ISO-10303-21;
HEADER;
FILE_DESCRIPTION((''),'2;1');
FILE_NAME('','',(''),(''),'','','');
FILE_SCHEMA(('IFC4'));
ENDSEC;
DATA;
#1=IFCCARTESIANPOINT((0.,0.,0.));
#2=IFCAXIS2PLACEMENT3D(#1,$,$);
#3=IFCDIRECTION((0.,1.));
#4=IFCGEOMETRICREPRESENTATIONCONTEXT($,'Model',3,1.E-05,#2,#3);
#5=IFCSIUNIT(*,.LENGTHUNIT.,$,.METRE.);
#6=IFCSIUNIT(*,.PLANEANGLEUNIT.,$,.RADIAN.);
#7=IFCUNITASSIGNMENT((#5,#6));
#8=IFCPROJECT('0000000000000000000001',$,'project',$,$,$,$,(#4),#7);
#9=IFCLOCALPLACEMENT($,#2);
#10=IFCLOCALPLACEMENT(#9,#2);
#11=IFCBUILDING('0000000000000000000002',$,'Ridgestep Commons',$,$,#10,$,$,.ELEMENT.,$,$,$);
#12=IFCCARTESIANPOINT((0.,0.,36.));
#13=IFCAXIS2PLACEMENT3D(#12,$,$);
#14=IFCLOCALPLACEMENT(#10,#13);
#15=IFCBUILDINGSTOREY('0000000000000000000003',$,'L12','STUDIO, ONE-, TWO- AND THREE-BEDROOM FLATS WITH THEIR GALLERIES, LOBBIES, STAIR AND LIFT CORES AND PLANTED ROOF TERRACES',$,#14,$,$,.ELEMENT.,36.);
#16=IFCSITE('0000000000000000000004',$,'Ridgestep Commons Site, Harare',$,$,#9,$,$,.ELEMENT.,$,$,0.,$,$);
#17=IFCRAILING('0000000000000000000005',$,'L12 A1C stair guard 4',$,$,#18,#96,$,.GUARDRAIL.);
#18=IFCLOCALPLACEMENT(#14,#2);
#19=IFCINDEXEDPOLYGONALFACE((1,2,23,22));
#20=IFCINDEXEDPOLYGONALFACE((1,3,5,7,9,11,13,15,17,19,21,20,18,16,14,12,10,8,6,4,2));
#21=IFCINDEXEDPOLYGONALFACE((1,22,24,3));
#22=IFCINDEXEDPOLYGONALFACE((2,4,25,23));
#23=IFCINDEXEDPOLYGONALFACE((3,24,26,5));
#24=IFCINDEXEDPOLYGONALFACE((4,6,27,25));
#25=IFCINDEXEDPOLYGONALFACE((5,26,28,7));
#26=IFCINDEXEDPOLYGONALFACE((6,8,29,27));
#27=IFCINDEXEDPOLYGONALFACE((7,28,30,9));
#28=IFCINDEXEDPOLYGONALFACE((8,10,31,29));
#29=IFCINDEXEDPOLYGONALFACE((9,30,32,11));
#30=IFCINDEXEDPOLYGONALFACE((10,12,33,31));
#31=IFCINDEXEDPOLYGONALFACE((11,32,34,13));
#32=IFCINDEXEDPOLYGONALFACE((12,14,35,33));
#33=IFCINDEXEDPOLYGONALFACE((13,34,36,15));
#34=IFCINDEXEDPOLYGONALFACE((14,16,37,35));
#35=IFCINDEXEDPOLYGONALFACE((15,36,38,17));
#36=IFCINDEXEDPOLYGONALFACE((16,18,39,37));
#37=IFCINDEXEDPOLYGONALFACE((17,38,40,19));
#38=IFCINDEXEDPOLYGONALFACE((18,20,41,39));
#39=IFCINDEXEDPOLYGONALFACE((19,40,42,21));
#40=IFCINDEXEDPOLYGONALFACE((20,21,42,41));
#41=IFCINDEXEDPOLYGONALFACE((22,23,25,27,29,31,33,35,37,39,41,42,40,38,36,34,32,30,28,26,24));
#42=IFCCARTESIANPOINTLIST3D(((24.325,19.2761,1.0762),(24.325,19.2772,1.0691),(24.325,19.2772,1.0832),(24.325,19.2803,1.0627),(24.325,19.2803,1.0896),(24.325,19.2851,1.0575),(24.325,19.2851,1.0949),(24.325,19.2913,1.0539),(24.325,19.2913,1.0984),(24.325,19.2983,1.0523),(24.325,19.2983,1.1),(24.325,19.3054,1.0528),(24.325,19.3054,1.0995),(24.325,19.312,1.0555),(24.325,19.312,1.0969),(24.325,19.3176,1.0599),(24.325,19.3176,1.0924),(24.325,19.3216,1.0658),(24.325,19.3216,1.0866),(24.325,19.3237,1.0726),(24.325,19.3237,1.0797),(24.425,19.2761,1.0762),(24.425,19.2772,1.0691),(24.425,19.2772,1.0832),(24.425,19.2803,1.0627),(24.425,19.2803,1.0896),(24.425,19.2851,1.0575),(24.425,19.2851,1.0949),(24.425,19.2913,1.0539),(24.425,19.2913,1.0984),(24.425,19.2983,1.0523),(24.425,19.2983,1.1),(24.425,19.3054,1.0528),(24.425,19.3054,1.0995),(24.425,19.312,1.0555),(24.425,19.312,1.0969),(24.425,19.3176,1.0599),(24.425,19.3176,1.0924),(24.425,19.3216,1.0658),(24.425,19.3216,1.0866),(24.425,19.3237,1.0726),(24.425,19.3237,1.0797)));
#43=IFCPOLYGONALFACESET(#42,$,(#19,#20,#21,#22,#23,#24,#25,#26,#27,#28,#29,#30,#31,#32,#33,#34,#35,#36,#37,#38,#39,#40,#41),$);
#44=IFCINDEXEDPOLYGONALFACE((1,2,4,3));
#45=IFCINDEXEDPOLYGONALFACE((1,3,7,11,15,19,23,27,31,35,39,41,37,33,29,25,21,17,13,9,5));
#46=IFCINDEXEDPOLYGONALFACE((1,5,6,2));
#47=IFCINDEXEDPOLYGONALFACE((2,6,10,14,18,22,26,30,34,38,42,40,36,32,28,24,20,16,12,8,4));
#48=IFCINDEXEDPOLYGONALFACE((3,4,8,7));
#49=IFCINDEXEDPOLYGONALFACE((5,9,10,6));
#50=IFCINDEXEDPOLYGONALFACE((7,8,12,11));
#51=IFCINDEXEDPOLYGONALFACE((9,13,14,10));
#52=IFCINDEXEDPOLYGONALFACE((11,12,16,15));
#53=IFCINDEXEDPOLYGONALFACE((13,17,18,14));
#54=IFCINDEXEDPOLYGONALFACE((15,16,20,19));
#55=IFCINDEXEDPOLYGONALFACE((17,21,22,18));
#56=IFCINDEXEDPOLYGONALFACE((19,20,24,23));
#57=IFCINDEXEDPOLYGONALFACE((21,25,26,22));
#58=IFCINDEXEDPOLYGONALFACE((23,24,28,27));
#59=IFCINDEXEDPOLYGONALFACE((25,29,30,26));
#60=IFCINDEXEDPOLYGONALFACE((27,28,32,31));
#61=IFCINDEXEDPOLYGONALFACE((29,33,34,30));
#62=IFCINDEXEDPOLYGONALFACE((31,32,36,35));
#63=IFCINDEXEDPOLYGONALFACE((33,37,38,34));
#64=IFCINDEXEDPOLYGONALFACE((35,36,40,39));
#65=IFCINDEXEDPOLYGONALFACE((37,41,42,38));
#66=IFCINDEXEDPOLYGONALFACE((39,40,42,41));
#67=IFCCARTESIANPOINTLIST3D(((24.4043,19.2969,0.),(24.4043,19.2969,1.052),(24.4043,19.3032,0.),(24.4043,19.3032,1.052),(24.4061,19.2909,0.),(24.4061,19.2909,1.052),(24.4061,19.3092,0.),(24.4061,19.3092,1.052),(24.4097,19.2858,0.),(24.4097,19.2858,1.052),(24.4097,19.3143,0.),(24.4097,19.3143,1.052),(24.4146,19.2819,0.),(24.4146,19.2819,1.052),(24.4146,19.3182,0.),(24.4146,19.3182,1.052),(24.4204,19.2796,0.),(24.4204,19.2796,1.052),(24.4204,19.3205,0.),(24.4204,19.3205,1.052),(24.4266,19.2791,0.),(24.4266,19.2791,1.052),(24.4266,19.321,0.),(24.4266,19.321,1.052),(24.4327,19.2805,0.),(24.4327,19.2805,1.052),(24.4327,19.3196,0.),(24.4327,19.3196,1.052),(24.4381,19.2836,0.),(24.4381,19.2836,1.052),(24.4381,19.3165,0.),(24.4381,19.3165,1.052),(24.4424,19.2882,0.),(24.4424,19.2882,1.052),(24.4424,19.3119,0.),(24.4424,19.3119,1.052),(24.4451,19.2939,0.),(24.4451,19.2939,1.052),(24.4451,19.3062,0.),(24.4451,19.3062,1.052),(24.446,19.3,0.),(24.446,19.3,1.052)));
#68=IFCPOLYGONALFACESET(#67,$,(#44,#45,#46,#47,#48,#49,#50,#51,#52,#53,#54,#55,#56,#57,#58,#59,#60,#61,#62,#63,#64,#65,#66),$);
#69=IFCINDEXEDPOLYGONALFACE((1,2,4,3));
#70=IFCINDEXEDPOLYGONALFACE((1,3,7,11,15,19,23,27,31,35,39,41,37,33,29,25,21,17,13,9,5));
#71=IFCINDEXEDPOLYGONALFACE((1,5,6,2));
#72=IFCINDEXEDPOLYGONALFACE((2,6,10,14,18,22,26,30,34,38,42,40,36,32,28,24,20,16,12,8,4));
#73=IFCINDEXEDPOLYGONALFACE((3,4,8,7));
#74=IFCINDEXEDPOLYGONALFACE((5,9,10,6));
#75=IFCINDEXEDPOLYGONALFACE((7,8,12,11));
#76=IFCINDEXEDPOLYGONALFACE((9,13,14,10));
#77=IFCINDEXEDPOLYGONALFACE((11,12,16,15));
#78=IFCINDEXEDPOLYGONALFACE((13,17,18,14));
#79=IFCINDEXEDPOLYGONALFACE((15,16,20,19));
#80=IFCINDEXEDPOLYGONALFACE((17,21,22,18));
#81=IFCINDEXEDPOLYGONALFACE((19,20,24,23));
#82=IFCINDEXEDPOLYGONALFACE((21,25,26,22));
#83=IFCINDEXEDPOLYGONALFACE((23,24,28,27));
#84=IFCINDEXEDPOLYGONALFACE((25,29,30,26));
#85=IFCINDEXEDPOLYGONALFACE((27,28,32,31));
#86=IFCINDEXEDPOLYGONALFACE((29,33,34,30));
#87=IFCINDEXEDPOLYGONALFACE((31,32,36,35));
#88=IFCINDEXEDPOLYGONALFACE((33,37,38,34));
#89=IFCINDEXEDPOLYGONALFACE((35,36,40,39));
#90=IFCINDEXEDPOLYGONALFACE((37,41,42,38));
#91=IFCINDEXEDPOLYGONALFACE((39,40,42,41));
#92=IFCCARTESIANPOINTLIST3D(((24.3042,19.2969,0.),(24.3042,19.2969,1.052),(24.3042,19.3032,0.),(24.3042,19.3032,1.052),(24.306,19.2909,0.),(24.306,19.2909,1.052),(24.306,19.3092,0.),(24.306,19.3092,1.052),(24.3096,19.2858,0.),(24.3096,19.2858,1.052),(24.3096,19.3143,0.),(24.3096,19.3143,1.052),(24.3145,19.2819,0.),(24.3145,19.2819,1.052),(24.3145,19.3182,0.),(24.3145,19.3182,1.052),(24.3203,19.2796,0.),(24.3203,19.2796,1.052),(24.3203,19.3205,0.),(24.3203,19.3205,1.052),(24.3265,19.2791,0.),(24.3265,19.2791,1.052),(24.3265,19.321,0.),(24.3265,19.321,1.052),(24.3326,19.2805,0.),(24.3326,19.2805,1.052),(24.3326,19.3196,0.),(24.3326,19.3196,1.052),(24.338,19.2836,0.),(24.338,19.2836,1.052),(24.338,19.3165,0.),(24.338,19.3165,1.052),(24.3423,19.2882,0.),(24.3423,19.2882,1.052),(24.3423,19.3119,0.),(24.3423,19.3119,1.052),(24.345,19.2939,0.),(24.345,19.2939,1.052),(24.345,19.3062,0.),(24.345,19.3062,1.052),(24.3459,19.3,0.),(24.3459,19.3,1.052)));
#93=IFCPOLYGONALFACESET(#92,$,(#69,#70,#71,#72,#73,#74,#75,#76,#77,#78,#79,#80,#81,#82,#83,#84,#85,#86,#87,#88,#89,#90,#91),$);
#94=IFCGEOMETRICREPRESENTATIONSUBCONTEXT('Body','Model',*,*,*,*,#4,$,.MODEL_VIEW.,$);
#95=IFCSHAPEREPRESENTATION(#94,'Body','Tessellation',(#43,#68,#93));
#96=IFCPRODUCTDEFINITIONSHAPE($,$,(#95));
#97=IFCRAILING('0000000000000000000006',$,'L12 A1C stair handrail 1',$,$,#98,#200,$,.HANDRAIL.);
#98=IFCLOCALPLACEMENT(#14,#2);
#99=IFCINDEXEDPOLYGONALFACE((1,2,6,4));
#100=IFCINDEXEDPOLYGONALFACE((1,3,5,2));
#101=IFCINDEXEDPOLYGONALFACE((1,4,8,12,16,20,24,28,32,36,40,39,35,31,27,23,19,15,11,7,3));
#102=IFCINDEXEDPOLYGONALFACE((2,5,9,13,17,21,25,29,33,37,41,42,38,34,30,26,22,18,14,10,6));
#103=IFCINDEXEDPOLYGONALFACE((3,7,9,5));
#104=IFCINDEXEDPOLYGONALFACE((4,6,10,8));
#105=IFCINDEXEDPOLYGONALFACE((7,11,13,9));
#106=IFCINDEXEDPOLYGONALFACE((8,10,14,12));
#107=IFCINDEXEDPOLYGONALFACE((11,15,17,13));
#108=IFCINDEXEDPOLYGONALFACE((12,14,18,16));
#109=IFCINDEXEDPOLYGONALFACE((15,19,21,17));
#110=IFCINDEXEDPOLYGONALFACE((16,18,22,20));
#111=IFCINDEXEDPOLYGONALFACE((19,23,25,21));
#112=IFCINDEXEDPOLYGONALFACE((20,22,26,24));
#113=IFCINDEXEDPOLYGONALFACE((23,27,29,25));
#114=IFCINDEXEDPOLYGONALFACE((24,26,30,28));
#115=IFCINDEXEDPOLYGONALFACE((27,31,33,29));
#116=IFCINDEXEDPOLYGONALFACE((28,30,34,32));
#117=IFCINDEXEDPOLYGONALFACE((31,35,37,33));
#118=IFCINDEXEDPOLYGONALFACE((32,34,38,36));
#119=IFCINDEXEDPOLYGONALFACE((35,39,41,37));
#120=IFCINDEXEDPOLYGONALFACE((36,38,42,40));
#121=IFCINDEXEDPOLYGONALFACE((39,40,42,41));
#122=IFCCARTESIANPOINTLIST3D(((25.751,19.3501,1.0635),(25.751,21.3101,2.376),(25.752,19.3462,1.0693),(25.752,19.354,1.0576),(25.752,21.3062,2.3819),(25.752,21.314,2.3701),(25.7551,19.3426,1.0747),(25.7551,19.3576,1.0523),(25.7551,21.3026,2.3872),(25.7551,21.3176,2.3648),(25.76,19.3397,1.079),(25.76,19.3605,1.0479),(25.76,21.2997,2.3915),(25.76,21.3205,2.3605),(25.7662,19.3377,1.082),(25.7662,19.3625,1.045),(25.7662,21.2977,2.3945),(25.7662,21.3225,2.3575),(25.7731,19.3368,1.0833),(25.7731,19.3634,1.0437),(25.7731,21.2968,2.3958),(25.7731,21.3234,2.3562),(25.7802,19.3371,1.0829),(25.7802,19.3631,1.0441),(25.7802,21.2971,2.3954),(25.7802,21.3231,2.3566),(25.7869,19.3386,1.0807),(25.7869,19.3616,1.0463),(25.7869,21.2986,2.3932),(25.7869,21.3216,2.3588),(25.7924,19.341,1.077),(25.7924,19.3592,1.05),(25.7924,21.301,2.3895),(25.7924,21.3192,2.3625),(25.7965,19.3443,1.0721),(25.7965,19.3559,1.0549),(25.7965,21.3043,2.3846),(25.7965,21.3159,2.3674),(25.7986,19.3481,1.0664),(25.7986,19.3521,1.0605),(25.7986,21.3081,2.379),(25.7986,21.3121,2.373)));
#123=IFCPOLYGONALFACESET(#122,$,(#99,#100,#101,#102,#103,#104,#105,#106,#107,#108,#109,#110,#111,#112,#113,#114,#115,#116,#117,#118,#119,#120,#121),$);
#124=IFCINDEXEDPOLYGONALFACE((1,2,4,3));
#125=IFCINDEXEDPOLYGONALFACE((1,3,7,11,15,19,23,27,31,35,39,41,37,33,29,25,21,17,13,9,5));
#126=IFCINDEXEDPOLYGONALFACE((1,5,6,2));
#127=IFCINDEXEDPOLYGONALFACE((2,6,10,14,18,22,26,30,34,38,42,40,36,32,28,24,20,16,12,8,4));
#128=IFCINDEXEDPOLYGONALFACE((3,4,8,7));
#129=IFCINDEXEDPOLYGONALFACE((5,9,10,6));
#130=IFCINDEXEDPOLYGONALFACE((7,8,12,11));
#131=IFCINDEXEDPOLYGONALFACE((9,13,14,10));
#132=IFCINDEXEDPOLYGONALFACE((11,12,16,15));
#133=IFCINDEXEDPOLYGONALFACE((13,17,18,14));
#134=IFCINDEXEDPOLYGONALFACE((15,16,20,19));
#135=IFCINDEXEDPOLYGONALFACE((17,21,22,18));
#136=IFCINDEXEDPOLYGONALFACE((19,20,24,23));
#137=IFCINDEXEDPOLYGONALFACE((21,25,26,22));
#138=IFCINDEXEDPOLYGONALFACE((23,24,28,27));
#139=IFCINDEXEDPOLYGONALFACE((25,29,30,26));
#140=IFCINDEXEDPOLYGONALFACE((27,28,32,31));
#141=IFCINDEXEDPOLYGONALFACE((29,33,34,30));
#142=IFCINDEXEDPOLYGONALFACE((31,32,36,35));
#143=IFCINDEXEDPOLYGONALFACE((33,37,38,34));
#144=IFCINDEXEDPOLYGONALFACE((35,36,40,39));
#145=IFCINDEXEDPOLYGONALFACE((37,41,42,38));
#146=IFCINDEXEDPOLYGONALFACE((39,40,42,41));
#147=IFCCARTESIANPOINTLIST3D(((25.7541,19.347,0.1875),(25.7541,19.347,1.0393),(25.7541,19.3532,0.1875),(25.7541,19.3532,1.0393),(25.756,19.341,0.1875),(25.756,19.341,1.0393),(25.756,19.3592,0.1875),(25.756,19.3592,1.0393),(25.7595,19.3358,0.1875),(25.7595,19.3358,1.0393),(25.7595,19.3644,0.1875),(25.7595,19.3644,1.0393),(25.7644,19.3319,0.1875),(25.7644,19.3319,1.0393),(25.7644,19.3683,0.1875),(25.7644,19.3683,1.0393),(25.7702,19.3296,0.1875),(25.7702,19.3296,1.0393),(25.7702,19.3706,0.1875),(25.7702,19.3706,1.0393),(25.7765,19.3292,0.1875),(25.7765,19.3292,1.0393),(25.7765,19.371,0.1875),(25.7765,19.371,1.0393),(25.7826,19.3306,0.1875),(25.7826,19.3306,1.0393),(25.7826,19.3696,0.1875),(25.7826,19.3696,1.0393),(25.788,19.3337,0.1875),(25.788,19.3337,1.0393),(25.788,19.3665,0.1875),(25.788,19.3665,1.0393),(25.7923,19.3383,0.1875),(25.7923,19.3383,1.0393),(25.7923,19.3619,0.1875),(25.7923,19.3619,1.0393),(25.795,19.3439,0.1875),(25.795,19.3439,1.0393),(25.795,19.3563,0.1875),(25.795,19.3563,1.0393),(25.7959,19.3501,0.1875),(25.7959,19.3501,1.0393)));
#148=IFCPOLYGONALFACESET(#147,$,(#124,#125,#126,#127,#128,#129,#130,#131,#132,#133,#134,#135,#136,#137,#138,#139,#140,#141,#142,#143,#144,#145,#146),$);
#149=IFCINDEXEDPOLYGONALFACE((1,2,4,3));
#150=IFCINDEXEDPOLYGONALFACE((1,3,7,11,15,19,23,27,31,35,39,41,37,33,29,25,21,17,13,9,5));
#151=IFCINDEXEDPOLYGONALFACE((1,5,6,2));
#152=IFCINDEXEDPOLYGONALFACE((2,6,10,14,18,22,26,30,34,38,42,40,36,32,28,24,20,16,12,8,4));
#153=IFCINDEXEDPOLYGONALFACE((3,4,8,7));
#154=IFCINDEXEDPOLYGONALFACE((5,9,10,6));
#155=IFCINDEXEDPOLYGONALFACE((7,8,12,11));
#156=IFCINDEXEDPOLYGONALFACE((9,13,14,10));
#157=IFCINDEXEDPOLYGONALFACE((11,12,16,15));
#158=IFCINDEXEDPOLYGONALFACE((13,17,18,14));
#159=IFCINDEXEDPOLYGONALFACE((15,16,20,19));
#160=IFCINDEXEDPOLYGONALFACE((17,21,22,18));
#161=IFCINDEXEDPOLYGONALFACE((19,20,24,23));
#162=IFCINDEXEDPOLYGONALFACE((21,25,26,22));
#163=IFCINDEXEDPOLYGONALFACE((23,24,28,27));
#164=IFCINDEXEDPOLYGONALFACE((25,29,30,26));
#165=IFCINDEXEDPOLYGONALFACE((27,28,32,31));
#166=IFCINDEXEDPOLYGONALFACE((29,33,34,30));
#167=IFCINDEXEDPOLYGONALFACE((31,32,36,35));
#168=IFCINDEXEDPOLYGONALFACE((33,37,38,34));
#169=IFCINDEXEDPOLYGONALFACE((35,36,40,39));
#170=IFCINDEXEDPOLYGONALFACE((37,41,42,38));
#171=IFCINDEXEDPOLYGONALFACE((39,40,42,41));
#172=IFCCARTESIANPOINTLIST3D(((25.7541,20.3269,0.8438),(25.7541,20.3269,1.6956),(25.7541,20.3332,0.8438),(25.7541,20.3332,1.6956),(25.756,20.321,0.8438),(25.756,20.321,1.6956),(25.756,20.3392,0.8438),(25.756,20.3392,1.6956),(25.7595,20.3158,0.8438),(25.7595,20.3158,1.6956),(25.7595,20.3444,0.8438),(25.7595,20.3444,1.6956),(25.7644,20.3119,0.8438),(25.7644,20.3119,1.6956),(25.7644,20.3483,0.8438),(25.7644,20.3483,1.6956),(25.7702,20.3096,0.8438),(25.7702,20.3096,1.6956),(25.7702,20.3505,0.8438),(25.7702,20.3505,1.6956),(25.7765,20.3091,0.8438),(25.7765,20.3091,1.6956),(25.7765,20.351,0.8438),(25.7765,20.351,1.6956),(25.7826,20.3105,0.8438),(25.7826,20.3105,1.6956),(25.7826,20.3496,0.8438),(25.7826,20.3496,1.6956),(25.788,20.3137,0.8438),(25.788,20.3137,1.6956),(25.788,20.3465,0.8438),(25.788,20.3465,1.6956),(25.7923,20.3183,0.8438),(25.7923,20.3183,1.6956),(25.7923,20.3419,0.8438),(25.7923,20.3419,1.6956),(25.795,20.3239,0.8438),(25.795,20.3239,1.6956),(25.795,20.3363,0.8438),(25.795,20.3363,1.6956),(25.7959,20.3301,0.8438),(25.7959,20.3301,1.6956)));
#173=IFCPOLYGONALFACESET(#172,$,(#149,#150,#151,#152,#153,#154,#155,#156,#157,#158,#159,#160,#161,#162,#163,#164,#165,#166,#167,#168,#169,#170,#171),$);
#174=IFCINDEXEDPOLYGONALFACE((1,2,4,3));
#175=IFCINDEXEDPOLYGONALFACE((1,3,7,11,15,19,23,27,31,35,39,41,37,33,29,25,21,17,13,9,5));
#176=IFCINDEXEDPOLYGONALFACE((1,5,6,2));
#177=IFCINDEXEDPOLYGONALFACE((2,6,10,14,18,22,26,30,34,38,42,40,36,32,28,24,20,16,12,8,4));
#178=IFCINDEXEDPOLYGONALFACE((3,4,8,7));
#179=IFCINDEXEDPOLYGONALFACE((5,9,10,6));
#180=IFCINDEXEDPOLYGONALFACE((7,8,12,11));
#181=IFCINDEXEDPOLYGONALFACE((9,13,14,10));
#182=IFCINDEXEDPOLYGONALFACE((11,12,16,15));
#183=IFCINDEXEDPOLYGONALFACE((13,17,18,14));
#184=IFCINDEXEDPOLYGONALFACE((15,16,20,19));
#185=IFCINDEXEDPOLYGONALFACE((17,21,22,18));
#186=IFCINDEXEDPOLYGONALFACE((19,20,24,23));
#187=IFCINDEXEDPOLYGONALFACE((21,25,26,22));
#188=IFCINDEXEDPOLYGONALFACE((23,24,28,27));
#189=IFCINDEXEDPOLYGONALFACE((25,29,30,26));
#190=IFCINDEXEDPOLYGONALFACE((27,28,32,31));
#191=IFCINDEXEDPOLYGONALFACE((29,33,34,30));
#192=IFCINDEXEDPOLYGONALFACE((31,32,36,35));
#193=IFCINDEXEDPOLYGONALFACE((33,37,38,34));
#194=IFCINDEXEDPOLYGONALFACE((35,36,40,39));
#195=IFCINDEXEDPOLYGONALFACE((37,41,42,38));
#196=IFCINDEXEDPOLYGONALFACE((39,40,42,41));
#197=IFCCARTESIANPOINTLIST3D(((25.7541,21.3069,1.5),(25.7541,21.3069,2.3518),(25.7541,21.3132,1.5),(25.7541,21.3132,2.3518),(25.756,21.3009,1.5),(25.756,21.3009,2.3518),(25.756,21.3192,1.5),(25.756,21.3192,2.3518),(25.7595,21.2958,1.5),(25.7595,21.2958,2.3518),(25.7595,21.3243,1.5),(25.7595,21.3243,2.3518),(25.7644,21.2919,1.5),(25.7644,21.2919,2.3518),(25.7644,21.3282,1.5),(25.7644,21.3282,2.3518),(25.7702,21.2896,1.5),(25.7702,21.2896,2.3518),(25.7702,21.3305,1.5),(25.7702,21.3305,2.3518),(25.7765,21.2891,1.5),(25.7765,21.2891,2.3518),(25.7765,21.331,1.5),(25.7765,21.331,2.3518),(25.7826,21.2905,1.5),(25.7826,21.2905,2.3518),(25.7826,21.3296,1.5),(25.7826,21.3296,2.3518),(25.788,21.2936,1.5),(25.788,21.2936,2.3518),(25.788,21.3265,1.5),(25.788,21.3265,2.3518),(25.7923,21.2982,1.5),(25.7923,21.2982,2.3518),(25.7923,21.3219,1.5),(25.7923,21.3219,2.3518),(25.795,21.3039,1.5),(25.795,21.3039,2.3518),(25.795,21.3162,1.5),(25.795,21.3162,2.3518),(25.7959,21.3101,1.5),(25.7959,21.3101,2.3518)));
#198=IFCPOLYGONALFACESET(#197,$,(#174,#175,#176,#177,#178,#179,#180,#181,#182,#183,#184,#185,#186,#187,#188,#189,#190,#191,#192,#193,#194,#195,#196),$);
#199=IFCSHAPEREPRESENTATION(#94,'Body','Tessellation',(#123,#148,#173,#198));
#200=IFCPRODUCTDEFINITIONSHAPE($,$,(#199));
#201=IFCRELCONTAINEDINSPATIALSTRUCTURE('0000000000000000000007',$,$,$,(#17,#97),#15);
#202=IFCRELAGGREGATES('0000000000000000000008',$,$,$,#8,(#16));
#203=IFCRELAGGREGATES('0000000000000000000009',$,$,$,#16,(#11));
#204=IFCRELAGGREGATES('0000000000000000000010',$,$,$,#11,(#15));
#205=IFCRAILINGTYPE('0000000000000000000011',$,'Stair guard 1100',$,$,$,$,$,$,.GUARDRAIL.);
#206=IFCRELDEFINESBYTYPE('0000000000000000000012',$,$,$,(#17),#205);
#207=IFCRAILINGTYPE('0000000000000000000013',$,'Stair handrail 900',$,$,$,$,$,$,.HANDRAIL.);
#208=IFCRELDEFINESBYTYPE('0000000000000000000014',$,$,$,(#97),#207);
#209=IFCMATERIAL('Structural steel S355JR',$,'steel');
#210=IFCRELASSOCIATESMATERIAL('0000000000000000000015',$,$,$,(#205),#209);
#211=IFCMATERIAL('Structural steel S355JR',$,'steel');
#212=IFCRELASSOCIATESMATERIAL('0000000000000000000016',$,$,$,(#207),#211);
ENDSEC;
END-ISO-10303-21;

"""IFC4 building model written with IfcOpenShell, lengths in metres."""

from ifc_helpers import new_model, si_unit, direction, frame, origin, origin_2d, place, context, subcontext, project, spatial, circle, extrude, material, type_object, element, save


model = new_model("IFC4")

# Units and contexts
model_context = context("Model", 3, precision=1e-05, world=origin(), true_north=direction((0.0, 1.0)))
body_context = subcontext(model_context, "Body", "Model", "MODEL_VIEW")
ifc_project = project(units=[si_unit("LENGTHUNIT", "METRE"), si_unit("PLANEANGLEUNIT", "RADIAN")], contexts=[model_context])

# Site, building, storey
site_placement = place(None, origin())
site = spatial("IfcSite", under=ifc_project, at=site_placement, Name="Ridgestep Commons Site, Harare", CompositionType="ELEMENT", RefElevation=0.0)
building_placement = place(site_placement, origin())
building = spatial("IfcBuilding", under=site, at=building_placement, Name="Ridgestep Commons", CompositionType="ELEMENT")
storey_placement = place(building_placement, frame((0.0, 0.0, 36.0)))
storey = spatial("IfcBuildingStorey", under=building, at=storey_placement, Name="L12", Description="STUDIO, ONE-, TWO- AND THREE-BEDROOM FLATS WITH THEIR GALLERIES, LOBBIES, STAIR AND LIFT CORES AND PLANTED ROOF TERRACES", CompositionType="ELEMENT", Elevation=36.0)

# Railings
ifc_material_1 = material(Name="Structural steel S355JR", Category="steel")
railing_type_1 = type_object("IfcRailingType", Name="Stair guard 1100", PredefinedType="GUARDRAIL", material=ifc_material_1)
for number, where, name in (
    (1, (24.425, 19.3, 0.0), "L12 A1C stair guard 4"),
):
    element("IfcRailing", number, at=place(storey_placement, frame(where)), inside=storey, type_object=railing_type_1, Name=name, PredefinedType="GUARDRAIL", context=body_context, shape_type="SweptSolid", body=[
        extrude(circle(Radius=0.0239, at=origin_2d()), frame((0.0, 0.0, 1.0762), z_axis=(-1.0, 0.0, 0.0), x_axis=(0.0, -1.0, 0.0)), (0.0, 0.0, 1.0), 0.1001),
        extrude(circle(Radius=0.021, at=origin_2d()), origin(), (0.0, 0.0, 1.0), 1.052),
        extrude(circle(Radius=0.021, at=origin_2d()), frame((-0.1001, 0.0, 0.0)), (0.0, 0.0, 1.0), 1.052),
    ])
ifc_material_2 = material(Name="Structural steel S355JR", Category="steel")
railing_type_2 = type_object("IfcRailingType", Name="Stair handrail 900", PredefinedType="HANDRAIL", material=ifc_material_2)
railing_1_placement = place(storey_placement, frame((25.7749, 19.3501, 0.1875)))
element("IfcRailing", 2, at=railing_1_placement, inside=storey, type_object=railing_type_2, Name="L12 A1C stair handrail 1", PredefinedType="HANDRAIL", context=body_context, shape_type="SweptSolid", body=[
    extrude(circle(Radius=0.0239, at=origin_2d()), frame((0.0, 0.0, 0.876), z_axis=(0.0, 0.830902, 0.556419), x_axis=(-1.0, 0.0, 0.0)), (0.0, 0.0, 1.0), 2.3589),
    extrude(circle(Radius=0.021, at=origin_2d()), origin(), (0.0, 0.0, 1.0), 0.8518),
    extrude(circle(Radius=0.021, at=origin_2d()), frame((0.0, 0.98, 0.6562)), (0.0, 0.0, 1.0), 0.8518),
    extrude(circle(Radius=0.021, at=origin_2d()), frame((0.0, 1.96, 1.3125)), (0.0, 0.0, 1.0), 0.8518),
])

save(model, "model.ifc")
